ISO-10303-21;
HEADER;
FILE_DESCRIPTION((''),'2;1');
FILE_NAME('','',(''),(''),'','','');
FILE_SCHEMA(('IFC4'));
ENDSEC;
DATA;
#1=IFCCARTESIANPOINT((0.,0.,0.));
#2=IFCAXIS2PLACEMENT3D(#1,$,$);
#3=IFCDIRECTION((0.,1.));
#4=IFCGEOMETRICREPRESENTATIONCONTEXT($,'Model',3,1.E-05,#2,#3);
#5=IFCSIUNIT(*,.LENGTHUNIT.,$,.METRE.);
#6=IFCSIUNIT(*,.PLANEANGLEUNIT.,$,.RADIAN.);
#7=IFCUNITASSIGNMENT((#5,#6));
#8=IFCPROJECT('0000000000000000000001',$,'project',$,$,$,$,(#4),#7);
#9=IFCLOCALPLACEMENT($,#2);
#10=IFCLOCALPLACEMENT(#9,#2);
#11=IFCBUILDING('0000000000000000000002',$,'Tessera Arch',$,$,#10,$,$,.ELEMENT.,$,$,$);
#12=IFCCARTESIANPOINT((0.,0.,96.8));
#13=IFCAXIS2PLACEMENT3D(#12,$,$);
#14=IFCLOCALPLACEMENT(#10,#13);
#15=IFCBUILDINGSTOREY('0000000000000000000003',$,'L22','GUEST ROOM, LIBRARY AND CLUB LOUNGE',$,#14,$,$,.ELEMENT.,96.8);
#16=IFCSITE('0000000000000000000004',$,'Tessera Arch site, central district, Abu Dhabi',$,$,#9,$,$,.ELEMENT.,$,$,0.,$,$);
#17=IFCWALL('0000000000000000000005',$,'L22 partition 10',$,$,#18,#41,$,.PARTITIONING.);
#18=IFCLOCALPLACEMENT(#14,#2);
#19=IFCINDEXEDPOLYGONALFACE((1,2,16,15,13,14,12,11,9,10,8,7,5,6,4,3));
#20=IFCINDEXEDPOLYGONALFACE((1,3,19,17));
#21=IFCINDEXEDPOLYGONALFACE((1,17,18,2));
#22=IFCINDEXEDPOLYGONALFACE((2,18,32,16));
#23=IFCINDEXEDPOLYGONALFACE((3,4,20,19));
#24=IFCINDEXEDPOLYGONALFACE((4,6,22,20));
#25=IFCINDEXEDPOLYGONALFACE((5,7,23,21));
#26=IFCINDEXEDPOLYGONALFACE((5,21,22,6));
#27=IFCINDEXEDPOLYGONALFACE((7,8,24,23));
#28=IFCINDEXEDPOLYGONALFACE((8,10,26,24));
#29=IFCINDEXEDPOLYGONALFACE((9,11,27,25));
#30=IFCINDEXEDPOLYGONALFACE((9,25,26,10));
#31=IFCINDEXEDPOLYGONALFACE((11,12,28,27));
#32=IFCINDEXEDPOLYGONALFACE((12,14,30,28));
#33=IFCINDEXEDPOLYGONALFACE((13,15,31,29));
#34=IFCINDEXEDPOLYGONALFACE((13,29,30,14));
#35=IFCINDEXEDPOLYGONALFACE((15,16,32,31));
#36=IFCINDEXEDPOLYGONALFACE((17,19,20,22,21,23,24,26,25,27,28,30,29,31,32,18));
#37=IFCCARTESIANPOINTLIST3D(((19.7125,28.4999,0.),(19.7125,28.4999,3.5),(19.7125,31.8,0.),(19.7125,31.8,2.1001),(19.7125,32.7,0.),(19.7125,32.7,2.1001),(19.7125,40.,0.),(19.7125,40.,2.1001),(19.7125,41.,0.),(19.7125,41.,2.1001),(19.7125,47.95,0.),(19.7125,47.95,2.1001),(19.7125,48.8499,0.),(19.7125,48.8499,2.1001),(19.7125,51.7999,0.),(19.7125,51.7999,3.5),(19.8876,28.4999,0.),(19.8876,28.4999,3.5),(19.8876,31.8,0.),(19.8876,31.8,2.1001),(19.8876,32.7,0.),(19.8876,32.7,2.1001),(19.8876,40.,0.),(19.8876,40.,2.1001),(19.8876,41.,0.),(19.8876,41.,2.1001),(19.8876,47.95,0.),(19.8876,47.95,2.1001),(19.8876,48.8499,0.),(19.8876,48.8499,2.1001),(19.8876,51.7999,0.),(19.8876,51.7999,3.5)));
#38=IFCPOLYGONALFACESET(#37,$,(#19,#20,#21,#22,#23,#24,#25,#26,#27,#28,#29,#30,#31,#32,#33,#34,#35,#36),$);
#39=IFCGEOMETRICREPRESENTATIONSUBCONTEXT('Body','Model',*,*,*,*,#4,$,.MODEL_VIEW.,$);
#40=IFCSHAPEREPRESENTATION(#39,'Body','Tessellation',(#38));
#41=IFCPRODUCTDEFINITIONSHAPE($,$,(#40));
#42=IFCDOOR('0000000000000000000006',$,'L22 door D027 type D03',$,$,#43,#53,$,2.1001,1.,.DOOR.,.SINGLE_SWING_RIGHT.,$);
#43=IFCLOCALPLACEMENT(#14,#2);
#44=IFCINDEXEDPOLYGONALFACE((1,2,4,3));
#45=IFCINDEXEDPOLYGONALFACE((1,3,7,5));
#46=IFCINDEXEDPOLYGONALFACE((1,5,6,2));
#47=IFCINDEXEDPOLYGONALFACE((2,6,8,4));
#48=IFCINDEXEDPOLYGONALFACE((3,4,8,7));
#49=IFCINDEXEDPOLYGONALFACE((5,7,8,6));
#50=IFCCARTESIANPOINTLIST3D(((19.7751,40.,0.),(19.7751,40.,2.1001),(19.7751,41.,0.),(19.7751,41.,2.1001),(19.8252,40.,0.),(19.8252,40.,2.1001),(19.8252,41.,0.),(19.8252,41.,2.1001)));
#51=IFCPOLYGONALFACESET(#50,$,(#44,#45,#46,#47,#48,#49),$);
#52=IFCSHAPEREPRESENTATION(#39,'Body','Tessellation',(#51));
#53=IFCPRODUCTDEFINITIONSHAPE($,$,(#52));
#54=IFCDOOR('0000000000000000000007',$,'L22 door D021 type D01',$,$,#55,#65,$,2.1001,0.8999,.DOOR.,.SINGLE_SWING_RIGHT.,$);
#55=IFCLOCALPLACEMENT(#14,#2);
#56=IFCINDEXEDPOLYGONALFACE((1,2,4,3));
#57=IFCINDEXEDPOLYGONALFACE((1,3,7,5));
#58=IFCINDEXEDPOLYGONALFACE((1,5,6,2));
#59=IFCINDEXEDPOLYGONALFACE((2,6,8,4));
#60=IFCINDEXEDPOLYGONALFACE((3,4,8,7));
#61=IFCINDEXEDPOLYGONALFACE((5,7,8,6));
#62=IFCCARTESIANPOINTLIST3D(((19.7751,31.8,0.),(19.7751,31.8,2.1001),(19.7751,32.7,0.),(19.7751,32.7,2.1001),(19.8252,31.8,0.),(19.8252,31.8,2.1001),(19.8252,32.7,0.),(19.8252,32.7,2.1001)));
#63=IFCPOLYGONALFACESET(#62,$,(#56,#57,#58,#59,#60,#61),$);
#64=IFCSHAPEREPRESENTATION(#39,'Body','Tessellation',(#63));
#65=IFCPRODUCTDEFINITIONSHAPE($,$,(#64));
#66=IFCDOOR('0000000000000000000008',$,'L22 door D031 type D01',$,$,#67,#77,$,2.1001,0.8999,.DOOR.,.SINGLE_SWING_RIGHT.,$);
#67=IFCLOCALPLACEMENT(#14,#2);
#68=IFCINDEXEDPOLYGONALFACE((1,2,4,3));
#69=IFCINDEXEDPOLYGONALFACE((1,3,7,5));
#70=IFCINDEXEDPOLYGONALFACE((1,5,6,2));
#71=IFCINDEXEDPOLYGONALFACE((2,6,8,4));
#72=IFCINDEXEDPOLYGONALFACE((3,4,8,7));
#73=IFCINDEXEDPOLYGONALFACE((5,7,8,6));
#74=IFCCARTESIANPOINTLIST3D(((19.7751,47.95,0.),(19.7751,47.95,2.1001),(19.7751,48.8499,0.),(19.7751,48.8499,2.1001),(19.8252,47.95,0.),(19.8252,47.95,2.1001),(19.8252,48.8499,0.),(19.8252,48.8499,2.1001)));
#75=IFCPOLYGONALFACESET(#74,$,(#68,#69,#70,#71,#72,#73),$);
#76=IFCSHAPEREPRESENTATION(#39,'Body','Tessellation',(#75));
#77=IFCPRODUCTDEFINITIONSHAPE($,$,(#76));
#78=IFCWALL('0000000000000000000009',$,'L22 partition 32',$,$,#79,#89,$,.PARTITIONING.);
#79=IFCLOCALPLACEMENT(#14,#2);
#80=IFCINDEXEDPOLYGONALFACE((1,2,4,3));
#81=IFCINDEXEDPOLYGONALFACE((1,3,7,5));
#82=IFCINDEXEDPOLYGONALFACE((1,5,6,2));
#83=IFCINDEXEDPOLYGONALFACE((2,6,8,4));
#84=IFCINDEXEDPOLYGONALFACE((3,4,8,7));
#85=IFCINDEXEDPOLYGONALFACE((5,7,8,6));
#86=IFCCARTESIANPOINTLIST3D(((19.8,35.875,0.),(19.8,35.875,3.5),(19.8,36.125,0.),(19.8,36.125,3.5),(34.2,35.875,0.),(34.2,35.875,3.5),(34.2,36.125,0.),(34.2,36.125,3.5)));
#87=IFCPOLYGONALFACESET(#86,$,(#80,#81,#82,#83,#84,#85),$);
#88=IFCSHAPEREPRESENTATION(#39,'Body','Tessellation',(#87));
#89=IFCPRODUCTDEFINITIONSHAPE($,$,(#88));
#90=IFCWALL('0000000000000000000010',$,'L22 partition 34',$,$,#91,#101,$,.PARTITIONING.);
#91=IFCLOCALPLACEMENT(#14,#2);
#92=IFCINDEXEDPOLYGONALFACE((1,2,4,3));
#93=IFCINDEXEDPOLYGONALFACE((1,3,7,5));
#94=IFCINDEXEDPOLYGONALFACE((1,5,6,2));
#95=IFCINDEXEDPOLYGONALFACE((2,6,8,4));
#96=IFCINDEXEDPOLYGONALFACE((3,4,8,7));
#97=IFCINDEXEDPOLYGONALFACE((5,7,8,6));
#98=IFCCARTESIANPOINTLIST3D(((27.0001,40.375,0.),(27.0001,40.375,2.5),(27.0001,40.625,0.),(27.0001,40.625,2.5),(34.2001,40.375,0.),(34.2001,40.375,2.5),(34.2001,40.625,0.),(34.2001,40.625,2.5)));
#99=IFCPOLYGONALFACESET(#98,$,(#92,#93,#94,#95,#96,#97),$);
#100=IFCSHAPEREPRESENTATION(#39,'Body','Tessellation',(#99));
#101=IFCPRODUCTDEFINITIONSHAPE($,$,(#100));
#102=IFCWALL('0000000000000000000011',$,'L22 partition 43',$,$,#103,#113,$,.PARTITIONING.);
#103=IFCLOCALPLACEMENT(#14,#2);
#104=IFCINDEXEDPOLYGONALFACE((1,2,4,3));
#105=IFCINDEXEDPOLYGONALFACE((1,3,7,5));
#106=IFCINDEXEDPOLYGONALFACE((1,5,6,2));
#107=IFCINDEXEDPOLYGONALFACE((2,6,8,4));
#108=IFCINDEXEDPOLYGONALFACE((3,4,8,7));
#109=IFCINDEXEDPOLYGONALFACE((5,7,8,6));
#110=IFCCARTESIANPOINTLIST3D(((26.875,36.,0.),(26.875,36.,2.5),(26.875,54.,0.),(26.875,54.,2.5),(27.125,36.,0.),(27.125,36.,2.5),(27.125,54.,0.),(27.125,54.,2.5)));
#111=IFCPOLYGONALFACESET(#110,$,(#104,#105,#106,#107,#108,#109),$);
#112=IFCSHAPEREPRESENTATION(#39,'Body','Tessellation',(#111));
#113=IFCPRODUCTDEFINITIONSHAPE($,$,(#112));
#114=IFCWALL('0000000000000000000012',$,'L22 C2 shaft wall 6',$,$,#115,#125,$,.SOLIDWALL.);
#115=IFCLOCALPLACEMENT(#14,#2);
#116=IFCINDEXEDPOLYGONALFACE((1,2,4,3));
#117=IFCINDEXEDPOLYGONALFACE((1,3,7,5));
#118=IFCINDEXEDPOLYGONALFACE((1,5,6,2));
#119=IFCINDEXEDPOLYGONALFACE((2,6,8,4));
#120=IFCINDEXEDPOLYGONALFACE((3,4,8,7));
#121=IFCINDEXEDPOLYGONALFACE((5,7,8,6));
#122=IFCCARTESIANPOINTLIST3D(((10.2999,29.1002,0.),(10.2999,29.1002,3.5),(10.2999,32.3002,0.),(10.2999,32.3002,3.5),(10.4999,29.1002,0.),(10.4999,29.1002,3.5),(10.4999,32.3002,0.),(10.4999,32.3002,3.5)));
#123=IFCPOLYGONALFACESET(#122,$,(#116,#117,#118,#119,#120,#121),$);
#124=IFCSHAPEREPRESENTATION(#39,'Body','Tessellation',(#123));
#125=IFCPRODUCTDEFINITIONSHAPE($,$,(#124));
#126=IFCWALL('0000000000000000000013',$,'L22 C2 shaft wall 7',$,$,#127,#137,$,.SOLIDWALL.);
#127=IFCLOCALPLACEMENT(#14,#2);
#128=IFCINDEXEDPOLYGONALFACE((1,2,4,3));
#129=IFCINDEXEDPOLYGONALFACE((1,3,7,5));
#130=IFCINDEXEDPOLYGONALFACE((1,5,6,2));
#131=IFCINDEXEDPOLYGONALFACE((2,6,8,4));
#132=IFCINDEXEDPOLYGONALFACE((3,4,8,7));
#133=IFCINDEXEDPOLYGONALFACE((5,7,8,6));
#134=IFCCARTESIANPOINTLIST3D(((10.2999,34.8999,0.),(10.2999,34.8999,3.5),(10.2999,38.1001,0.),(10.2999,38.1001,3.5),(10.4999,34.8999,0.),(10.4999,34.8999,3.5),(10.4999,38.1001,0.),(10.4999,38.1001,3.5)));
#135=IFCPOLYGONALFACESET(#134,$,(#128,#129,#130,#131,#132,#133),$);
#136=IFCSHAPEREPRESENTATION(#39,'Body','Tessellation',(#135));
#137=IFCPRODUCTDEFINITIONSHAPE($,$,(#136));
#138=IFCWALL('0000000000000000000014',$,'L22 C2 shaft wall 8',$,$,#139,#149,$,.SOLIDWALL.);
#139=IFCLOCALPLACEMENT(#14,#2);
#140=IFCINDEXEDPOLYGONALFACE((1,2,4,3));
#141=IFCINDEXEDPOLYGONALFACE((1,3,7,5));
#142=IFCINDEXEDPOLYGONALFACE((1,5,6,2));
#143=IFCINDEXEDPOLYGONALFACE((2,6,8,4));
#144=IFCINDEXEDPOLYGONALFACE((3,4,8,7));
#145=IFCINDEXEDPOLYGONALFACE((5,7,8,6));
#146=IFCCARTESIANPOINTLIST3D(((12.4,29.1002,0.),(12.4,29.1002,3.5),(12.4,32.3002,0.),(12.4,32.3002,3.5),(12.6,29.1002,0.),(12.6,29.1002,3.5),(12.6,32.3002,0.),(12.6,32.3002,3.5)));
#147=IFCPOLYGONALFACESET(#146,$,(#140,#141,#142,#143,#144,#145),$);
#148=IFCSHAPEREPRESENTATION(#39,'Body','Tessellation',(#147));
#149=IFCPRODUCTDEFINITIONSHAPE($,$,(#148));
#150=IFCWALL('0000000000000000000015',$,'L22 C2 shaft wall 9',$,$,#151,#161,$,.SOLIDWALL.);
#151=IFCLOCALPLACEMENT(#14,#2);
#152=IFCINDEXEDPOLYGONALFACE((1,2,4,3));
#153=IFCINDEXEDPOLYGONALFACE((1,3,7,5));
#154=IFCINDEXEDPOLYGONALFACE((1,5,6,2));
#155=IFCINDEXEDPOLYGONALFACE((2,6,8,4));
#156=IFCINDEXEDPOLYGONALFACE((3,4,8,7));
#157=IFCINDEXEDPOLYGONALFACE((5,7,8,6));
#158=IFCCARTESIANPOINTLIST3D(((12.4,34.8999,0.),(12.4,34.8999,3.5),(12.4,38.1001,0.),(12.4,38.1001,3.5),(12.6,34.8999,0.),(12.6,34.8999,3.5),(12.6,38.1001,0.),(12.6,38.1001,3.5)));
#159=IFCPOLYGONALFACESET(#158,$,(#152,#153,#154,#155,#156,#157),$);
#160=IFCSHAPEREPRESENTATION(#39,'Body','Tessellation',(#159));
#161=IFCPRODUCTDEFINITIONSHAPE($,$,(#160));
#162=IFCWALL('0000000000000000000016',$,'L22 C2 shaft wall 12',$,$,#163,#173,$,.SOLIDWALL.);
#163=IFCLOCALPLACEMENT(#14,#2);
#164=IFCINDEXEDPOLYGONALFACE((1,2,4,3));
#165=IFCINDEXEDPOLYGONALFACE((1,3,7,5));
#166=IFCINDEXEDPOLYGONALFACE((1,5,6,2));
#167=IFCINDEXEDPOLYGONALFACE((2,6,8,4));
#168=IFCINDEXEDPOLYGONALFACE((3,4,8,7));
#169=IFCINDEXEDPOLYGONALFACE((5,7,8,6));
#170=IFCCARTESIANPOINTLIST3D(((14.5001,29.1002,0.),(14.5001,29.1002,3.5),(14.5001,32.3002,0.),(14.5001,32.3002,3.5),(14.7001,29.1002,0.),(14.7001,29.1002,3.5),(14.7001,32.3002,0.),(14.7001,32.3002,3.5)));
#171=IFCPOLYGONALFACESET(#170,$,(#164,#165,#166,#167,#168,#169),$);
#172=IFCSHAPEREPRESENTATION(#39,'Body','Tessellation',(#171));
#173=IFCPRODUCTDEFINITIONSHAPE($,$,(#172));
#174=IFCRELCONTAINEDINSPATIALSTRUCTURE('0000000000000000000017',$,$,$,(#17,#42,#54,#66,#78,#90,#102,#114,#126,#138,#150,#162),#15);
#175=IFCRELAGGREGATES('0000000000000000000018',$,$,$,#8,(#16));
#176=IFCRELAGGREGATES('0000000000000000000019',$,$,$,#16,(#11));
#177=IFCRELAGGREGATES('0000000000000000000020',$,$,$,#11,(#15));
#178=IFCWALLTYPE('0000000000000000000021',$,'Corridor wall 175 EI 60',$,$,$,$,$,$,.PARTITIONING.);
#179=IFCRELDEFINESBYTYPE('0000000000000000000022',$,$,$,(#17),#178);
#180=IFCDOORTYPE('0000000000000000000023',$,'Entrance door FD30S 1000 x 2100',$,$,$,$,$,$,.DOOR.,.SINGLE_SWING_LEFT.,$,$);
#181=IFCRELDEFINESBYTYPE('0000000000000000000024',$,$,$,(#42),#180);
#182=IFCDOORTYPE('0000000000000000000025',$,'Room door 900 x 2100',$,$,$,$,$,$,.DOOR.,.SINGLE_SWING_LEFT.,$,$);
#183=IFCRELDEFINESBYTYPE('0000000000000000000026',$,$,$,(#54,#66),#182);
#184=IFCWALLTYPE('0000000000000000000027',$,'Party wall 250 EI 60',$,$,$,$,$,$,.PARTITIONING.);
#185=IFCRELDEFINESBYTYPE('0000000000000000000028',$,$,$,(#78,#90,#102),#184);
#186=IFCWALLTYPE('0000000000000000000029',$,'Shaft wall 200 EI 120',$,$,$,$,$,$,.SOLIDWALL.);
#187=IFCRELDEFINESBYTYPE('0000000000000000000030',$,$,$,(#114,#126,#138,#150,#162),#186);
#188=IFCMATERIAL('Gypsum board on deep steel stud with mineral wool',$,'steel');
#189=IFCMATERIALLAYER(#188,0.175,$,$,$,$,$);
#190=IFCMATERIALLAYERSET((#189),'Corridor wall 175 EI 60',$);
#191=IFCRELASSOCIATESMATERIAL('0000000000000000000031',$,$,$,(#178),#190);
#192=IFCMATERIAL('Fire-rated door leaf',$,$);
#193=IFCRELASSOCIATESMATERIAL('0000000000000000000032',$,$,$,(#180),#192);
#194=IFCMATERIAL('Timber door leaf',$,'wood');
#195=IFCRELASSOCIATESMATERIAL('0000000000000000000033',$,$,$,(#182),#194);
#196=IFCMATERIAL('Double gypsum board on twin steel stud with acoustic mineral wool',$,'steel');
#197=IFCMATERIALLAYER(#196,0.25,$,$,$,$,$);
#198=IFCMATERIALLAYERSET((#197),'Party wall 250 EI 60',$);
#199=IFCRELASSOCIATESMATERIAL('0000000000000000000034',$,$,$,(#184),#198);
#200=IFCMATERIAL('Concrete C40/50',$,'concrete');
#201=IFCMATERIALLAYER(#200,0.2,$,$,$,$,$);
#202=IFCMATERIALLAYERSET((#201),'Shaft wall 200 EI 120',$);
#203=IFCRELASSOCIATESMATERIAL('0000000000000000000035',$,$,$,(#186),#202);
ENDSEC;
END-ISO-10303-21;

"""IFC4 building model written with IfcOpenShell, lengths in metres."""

from ifc_helpers import new_model, si_unit, direction, frame, frame_2d, origin, place, context, subcontext, project, spatial, rectangle, extrude, material, layer, layer_set, type_object, element, fill, save


model = new_model("IFC4")

# Units and contexts
model_context = context("Model", 3, precision=1e-05, world=origin(), true_north=direction((0.0, 1.0)))
body_context = subcontext(model_context, "Body", "Model", "MODEL_VIEW")
ifc_project = project(units=[si_unit("LENGTHUNIT", "METRE"), si_unit("PLANEANGLEUNIT", "RADIAN")], contexts=[model_context])

# Site, building, storey
site_placement = place(None, origin())
site = spatial("IfcSite", under=ifc_project, at=site_placement, Name="Tessera Arch site, central district, Abu Dhabi", CompositionType="ELEMENT", RefElevation=0.0)
building_placement = place(site_placement, origin())
building = spatial("IfcBuilding", under=site, at=building_placement, Name="Tessera Arch", CompositionType="ELEMENT")
storey_placement = place(building_placement, frame((0.0, 0.0, 96.8)))
storey = spatial("IfcBuildingStorey", under=building, at=storey_placement, Name="L22", Description="GUEST ROOM, LIBRARY AND CLUB LOUNGE", CompositionType="ELEMENT", Elevation=96.8)

# Shared definitions
ifc_material_1 = material(Name="Gypsum board on deep steel stud with mineral wool", Category="steel")
ifc_layer_1 = layer(ifc_material_1, 0.175)
ifc_layer_set_1 = layer_set([ifc_layer_1], Name="Corridor wall 175 EI 60")
wall_type_1 = type_object("IfcWallType", Name="Corridor wall 175 EI 60", PredefinedType="PARTITIONING", material=ifc_layer_set_1)

# Wall, openings, doors
wall_1_placement = place(storey_placement, frame((19.8, 28.5, 0.0), z_axis=(0.0, 0.0, 1.0), x_axis=(0.0, 1.0, 0.0)))
wall_1 = element("IfcWall", 1, at=wall_1_placement, inside=storey, type_object=wall_type_1, Name="L22 partition 10", PredefinedType="PARTITIONING", context=body_context, shape_type="SweptSolid", body=[
    extrude(rectangle(XDim=23.3, YDim=0.175, at=frame_2d((11.6499, 0.0))), origin(), (0.0, 0.0, 1.0), 3.5),
])
opening_1_placement = place(wall_1_placement, frame((3.3, 0.0, 0.0)))
opening_1 = element("IfcOpeningElement", 2, at=opening_1_placement, cuts=wall_1, PredefinedType="OPENING", context=body_context, shape_type="SweptSolid", body=[
    extrude(rectangle(XDim=0.8999, YDim=2.1001, at=frame_2d((0.45, 1.05))), frame((0.0, 0.0974, 0.0), z_axis=(0.0, -1.0, 0.0), x_axis=(1.0, 0.0, 0.0)), (0.0, 0.0, 1.0), 0.1951),
])
opening_2_placement = place(wall_1_placement, frame((11.5, 0.0, 0.0)))
opening_2 = element("IfcOpeningElement", 3, at=opening_2_placement, cuts=wall_1, PredefinedType="OPENING", context=body_context, shape_type="SweptSolid", body=[
    extrude(rectangle(XDim=1.0, YDim=2.1001, at=frame_2d((0.5, 1.05))), frame((0.0, 0.0974, 0.0), z_axis=(0.0, -1.0, 0.0), x_axis=(1.0, 0.0, 0.0)), (0.0, 0.0, 1.0), 0.1951),
])
opening_3_placement = place(wall_1_placement, frame((19.45, 0.0, 0.0)))
opening_3 = element("IfcOpeningElement", 4, at=opening_3_placement, cuts=wall_1, PredefinedType="OPENING", context=body_context, shape_type="SweptSolid", body=[
    extrude(rectangle(XDim=0.8999, YDim=2.1001, at=frame_2d((0.45, 1.05))), frame((0.0, 0.0974, 0.0), z_axis=(0.0, -1.0, 0.0), x_axis=(1.0, 0.0, 0.0)), (0.0, 0.0, 1.0), 0.1951),
])
ifc_material_2 = material(Name="Fire-rated door leaf")
door_type_1 = type_object("IfcDoorType", Name="Entrance door FD30S 1000 x 2100", OperationType="SINGLE_SWING_LEFT", PredefinedType="DOOR", material=ifc_material_2)
door_1_placement = place(opening_2_placement, origin())
door_1 = element("IfcDoor", 5, at=door_1_placement, inside=storey, type_object=door_type_1, Name="L22 door D027 type D03", OperationType="SINGLE_SWING_RIGHT", OverallHeight=2.1001, OverallWidth=1.0, PredefinedType="DOOR", context=body_context, shape_type="SweptSolid", body=[
    extrude(rectangle(XDim=1.0, YDim=2.1001, at=frame_2d((0.5, 1.05))), frame((0.0, 0.0249, 0.0), z_axis=(0.0, -1.0, 0.0), x_axis=(1.0, 0.0, 0.0)), (0.0, 0.0, 1.0), 0.05),
])
fill(opening_2, door_1)
ifc_material_3 = material(Name="Timber door leaf", Category="wood")
door_type_2 = type_object("IfcDoorType", Name="Room door 900 x 2100", OperationType="SINGLE_SWING_LEFT", PredefinedType="DOOR", material=ifc_material_3)
door_2_placement = place(opening_1_placement, origin())
door_2 = element("IfcDoor", 6, at=door_2_placement, inside=storey, type_object=door_type_2, Name="L22 door D021 type D01", OperationType="SINGLE_SWING_RIGHT", OverallHeight=2.1001, OverallWidth=0.8999, PredefinedType="DOOR", context=body_context, shape_type="SweptSolid", body=[
    extrude(rectangle(XDim=0.8999, YDim=2.1001, at=frame_2d((0.45, 1.05))), frame((0.0, 0.0249, 0.0), z_axis=(0.0, -1.0, 0.0), x_axis=(1.0, 0.0, 0.0)), (0.0, 0.0, 1.0), 0.05),
])
fill(opening_1, door_2)
door_3_placement = place(opening_3_placement, origin())
door_3 = element("IfcDoor", 7, at=door_3_placement, inside=storey, type_object=door_type_2, Name="L22 door D031 type D01", OperationType="SINGLE_SWING_RIGHT", OverallHeight=2.1001, OverallWidth=0.8999, PredefinedType="DOOR", context=body_context, shape_type="SweptSolid", body=[
    extrude(rectangle(XDim=0.8999, YDim=2.1001, at=frame_2d((0.45, 1.05))), frame((0.0, 0.0249, 0.0), z_axis=(0.0, -1.0, 0.0), x_axis=(1.0, 0.0, 0.0)), (0.0, 0.0, 1.0), 0.05),
])
fill(opening_3, door_3)

# Walls
ifc_material_4 = material(Name="Double gypsum board on twin steel stud with acoustic mineral wool", Category="steel")
ifc_layer_2 = layer(ifc_material_4, 0.25)
ifc_layer_set_2 = layer_set([ifc_layer_2], Name="Party wall 250 EI 60")
wall_type_2 = type_object("IfcWallType", Name="Party wall 250 EI 60", PredefinedType="PARTITIONING", material=ifc_layer_set_2)
wall_2_placement = place(storey_placement, frame((19.8, 36.0, 0.0), z_axis=(0.0, 0.0, 1.0), x_axis=(1.0, 0.0, 0.0)))
element("IfcWall", 8, at=wall_2_placement, inside=storey, type_object=wall_type_2, Name="L22 partition 32", PredefinedType="PARTITIONING", context=body_context, shape_type="SweptSolid", body=[
    extrude(rectangle(XDim=14.3999, YDim=0.25, at=frame_2d((7.2, 0.0))), origin(), (0.0, 0.0, 1.0), 3.5),
])
wall_3_placement = place(storey_placement, frame((27.0, 40.5, 0.0), z_axis=(0.0, 0.0, 1.0), x_axis=(1.0, 0.0, 0.0)))
element("IfcWall", 9, at=wall_3_placement, inside=storey, type_object=wall_type_2, Name="L22 partition 34", PredefinedType="PARTITIONING", context=body_context, shape_type="SweptSolid", body=[
    extrude(rectangle(XDim=7.2, YDim=0.25, at=frame_2d((3.6001, 0.0))), origin(), (0.0, 0.0, 1.0), 2.5),
])
wall_4_placement = place(storey_placement, frame((27.0, 36.0, 0.0), z_axis=(0.0, 0.0, 1.0), x_axis=(0.0, 1.0, 0.0)))
element("IfcWall", 10, at=wall_4_placement, inside=storey, type_object=wall_type_2, Name="L22 partition 43", PredefinedType="PARTITIONING", context=body_context, shape_type="SweptSolid", body=[
    extrude(rectangle(XDim=18.0, YDim=0.25, at=frame_2d((9.0, 0.0))), origin(), (0.0, 0.0, 1.0), 2.5),
])
ifc_material_5 = material(Name="Concrete C40/50", Category="concrete")
ifc_layer_3 = layer(ifc_material_5, 0.2)
ifc_layer_set_3 = layer_set([ifc_layer_3], Name="Shaft wall 200 EI 120")
wall_type_3 = type_object("IfcWallType", Name="Shaft wall 200 EI 120", PredefinedType="SOLIDWALL", material=ifc_layer_set_3)
wall_5_placement = place(storey_placement, frame((10.3999, 29.1001, 0.0), z_axis=(0.0, 0.0, 1.0), x_axis=(0.0, 1.0, 0.0)))
element("IfcWall", 11, at=wall_5_placement, inside=storey, type_object=wall_type_3, Name="L22 C2 shaft wall 6", PredefinedType="SOLIDWALL", context=body_context, shape_type="SweptSolid", body=[
    extrude(rectangle(XDim=3.2, YDim=0.2, at=frame_2d((1.6001, 0.0))), origin(), (0.0, 0.0, 1.0), 3.5),
])
wall_6_placement = place(storey_placement, frame((10.3999, 34.8999, 0.0), z_axis=(0.0, 0.0, 1.0), x_axis=(0.0, 1.0, 0.0)))
element("IfcWall", 12, at=wall_6_placement, inside=storey, type_object=wall_type_3, Name="L22 C2 shaft wall 7", PredefinedType="SOLIDWALL", context=body_context, shape_type="SweptSolid", body=[
    extrude(rectangle(XDim=3.2002, YDim=0.2, at=frame_2d((1.6001, 0.0))), origin(), (0.0, 0.0, 1.0), 3.5),
])
wall_7_placement = place(storey_placement, frame((12.5, 29.1001, 0.0), z_axis=(0.0, 0.0, 1.0), x_axis=(0.0, 1.0, 0.0)))
element("IfcWall", 13, at=wall_7_placement, inside=storey, type_object=wall_type_3, Name="L22 C2 shaft wall 8", PredefinedType="SOLIDWALL", context=body_context, shape_type="SweptSolid", body=[
    extrude(rectangle(XDim=3.2, YDim=0.2, at=frame_2d((1.6001, 0.0))), origin(), (0.0, 0.0, 1.0), 3.5),
])
wall_8_placement = place(storey_placement, frame((12.5, 34.8999, 0.0), z_axis=(0.0, 0.0, 1.0), x_axis=(0.0, 1.0, 0.0)))
element("IfcWall", 14, at=wall_8_placement, inside=storey, type_object=wall_type_3, Name="L22 C2 shaft wall 9", PredefinedType="SOLIDWALL", context=body_context, shape_type="SweptSolid", body=[
    extrude(rectangle(XDim=3.2002, YDim=0.2, at=frame_2d((1.6001, 0.0))), origin(), (0.0, 0.0, 1.0), 3.5),
])
wall_9_placement = place(storey_placement, frame((14.6001, 29.1001, 0.0), z_axis=(0.0, 0.0, 1.0), x_axis=(0.0, 1.0, 0.0)))
element("IfcWall", 15, at=wall_9_placement, inside=storey, type_object=wall_type_3, Name="L22 C2 shaft wall 12", PredefinedType="SOLIDWALL", context=body_context, shape_type="SweptSolid", body=[
    extrude(rectangle(XDim=3.2, YDim=0.2, at=frame_2d((1.6001, 0.0))), origin(), (0.0, 0.0, 1.0), 3.5),
])

save(model, "model.ifc")
